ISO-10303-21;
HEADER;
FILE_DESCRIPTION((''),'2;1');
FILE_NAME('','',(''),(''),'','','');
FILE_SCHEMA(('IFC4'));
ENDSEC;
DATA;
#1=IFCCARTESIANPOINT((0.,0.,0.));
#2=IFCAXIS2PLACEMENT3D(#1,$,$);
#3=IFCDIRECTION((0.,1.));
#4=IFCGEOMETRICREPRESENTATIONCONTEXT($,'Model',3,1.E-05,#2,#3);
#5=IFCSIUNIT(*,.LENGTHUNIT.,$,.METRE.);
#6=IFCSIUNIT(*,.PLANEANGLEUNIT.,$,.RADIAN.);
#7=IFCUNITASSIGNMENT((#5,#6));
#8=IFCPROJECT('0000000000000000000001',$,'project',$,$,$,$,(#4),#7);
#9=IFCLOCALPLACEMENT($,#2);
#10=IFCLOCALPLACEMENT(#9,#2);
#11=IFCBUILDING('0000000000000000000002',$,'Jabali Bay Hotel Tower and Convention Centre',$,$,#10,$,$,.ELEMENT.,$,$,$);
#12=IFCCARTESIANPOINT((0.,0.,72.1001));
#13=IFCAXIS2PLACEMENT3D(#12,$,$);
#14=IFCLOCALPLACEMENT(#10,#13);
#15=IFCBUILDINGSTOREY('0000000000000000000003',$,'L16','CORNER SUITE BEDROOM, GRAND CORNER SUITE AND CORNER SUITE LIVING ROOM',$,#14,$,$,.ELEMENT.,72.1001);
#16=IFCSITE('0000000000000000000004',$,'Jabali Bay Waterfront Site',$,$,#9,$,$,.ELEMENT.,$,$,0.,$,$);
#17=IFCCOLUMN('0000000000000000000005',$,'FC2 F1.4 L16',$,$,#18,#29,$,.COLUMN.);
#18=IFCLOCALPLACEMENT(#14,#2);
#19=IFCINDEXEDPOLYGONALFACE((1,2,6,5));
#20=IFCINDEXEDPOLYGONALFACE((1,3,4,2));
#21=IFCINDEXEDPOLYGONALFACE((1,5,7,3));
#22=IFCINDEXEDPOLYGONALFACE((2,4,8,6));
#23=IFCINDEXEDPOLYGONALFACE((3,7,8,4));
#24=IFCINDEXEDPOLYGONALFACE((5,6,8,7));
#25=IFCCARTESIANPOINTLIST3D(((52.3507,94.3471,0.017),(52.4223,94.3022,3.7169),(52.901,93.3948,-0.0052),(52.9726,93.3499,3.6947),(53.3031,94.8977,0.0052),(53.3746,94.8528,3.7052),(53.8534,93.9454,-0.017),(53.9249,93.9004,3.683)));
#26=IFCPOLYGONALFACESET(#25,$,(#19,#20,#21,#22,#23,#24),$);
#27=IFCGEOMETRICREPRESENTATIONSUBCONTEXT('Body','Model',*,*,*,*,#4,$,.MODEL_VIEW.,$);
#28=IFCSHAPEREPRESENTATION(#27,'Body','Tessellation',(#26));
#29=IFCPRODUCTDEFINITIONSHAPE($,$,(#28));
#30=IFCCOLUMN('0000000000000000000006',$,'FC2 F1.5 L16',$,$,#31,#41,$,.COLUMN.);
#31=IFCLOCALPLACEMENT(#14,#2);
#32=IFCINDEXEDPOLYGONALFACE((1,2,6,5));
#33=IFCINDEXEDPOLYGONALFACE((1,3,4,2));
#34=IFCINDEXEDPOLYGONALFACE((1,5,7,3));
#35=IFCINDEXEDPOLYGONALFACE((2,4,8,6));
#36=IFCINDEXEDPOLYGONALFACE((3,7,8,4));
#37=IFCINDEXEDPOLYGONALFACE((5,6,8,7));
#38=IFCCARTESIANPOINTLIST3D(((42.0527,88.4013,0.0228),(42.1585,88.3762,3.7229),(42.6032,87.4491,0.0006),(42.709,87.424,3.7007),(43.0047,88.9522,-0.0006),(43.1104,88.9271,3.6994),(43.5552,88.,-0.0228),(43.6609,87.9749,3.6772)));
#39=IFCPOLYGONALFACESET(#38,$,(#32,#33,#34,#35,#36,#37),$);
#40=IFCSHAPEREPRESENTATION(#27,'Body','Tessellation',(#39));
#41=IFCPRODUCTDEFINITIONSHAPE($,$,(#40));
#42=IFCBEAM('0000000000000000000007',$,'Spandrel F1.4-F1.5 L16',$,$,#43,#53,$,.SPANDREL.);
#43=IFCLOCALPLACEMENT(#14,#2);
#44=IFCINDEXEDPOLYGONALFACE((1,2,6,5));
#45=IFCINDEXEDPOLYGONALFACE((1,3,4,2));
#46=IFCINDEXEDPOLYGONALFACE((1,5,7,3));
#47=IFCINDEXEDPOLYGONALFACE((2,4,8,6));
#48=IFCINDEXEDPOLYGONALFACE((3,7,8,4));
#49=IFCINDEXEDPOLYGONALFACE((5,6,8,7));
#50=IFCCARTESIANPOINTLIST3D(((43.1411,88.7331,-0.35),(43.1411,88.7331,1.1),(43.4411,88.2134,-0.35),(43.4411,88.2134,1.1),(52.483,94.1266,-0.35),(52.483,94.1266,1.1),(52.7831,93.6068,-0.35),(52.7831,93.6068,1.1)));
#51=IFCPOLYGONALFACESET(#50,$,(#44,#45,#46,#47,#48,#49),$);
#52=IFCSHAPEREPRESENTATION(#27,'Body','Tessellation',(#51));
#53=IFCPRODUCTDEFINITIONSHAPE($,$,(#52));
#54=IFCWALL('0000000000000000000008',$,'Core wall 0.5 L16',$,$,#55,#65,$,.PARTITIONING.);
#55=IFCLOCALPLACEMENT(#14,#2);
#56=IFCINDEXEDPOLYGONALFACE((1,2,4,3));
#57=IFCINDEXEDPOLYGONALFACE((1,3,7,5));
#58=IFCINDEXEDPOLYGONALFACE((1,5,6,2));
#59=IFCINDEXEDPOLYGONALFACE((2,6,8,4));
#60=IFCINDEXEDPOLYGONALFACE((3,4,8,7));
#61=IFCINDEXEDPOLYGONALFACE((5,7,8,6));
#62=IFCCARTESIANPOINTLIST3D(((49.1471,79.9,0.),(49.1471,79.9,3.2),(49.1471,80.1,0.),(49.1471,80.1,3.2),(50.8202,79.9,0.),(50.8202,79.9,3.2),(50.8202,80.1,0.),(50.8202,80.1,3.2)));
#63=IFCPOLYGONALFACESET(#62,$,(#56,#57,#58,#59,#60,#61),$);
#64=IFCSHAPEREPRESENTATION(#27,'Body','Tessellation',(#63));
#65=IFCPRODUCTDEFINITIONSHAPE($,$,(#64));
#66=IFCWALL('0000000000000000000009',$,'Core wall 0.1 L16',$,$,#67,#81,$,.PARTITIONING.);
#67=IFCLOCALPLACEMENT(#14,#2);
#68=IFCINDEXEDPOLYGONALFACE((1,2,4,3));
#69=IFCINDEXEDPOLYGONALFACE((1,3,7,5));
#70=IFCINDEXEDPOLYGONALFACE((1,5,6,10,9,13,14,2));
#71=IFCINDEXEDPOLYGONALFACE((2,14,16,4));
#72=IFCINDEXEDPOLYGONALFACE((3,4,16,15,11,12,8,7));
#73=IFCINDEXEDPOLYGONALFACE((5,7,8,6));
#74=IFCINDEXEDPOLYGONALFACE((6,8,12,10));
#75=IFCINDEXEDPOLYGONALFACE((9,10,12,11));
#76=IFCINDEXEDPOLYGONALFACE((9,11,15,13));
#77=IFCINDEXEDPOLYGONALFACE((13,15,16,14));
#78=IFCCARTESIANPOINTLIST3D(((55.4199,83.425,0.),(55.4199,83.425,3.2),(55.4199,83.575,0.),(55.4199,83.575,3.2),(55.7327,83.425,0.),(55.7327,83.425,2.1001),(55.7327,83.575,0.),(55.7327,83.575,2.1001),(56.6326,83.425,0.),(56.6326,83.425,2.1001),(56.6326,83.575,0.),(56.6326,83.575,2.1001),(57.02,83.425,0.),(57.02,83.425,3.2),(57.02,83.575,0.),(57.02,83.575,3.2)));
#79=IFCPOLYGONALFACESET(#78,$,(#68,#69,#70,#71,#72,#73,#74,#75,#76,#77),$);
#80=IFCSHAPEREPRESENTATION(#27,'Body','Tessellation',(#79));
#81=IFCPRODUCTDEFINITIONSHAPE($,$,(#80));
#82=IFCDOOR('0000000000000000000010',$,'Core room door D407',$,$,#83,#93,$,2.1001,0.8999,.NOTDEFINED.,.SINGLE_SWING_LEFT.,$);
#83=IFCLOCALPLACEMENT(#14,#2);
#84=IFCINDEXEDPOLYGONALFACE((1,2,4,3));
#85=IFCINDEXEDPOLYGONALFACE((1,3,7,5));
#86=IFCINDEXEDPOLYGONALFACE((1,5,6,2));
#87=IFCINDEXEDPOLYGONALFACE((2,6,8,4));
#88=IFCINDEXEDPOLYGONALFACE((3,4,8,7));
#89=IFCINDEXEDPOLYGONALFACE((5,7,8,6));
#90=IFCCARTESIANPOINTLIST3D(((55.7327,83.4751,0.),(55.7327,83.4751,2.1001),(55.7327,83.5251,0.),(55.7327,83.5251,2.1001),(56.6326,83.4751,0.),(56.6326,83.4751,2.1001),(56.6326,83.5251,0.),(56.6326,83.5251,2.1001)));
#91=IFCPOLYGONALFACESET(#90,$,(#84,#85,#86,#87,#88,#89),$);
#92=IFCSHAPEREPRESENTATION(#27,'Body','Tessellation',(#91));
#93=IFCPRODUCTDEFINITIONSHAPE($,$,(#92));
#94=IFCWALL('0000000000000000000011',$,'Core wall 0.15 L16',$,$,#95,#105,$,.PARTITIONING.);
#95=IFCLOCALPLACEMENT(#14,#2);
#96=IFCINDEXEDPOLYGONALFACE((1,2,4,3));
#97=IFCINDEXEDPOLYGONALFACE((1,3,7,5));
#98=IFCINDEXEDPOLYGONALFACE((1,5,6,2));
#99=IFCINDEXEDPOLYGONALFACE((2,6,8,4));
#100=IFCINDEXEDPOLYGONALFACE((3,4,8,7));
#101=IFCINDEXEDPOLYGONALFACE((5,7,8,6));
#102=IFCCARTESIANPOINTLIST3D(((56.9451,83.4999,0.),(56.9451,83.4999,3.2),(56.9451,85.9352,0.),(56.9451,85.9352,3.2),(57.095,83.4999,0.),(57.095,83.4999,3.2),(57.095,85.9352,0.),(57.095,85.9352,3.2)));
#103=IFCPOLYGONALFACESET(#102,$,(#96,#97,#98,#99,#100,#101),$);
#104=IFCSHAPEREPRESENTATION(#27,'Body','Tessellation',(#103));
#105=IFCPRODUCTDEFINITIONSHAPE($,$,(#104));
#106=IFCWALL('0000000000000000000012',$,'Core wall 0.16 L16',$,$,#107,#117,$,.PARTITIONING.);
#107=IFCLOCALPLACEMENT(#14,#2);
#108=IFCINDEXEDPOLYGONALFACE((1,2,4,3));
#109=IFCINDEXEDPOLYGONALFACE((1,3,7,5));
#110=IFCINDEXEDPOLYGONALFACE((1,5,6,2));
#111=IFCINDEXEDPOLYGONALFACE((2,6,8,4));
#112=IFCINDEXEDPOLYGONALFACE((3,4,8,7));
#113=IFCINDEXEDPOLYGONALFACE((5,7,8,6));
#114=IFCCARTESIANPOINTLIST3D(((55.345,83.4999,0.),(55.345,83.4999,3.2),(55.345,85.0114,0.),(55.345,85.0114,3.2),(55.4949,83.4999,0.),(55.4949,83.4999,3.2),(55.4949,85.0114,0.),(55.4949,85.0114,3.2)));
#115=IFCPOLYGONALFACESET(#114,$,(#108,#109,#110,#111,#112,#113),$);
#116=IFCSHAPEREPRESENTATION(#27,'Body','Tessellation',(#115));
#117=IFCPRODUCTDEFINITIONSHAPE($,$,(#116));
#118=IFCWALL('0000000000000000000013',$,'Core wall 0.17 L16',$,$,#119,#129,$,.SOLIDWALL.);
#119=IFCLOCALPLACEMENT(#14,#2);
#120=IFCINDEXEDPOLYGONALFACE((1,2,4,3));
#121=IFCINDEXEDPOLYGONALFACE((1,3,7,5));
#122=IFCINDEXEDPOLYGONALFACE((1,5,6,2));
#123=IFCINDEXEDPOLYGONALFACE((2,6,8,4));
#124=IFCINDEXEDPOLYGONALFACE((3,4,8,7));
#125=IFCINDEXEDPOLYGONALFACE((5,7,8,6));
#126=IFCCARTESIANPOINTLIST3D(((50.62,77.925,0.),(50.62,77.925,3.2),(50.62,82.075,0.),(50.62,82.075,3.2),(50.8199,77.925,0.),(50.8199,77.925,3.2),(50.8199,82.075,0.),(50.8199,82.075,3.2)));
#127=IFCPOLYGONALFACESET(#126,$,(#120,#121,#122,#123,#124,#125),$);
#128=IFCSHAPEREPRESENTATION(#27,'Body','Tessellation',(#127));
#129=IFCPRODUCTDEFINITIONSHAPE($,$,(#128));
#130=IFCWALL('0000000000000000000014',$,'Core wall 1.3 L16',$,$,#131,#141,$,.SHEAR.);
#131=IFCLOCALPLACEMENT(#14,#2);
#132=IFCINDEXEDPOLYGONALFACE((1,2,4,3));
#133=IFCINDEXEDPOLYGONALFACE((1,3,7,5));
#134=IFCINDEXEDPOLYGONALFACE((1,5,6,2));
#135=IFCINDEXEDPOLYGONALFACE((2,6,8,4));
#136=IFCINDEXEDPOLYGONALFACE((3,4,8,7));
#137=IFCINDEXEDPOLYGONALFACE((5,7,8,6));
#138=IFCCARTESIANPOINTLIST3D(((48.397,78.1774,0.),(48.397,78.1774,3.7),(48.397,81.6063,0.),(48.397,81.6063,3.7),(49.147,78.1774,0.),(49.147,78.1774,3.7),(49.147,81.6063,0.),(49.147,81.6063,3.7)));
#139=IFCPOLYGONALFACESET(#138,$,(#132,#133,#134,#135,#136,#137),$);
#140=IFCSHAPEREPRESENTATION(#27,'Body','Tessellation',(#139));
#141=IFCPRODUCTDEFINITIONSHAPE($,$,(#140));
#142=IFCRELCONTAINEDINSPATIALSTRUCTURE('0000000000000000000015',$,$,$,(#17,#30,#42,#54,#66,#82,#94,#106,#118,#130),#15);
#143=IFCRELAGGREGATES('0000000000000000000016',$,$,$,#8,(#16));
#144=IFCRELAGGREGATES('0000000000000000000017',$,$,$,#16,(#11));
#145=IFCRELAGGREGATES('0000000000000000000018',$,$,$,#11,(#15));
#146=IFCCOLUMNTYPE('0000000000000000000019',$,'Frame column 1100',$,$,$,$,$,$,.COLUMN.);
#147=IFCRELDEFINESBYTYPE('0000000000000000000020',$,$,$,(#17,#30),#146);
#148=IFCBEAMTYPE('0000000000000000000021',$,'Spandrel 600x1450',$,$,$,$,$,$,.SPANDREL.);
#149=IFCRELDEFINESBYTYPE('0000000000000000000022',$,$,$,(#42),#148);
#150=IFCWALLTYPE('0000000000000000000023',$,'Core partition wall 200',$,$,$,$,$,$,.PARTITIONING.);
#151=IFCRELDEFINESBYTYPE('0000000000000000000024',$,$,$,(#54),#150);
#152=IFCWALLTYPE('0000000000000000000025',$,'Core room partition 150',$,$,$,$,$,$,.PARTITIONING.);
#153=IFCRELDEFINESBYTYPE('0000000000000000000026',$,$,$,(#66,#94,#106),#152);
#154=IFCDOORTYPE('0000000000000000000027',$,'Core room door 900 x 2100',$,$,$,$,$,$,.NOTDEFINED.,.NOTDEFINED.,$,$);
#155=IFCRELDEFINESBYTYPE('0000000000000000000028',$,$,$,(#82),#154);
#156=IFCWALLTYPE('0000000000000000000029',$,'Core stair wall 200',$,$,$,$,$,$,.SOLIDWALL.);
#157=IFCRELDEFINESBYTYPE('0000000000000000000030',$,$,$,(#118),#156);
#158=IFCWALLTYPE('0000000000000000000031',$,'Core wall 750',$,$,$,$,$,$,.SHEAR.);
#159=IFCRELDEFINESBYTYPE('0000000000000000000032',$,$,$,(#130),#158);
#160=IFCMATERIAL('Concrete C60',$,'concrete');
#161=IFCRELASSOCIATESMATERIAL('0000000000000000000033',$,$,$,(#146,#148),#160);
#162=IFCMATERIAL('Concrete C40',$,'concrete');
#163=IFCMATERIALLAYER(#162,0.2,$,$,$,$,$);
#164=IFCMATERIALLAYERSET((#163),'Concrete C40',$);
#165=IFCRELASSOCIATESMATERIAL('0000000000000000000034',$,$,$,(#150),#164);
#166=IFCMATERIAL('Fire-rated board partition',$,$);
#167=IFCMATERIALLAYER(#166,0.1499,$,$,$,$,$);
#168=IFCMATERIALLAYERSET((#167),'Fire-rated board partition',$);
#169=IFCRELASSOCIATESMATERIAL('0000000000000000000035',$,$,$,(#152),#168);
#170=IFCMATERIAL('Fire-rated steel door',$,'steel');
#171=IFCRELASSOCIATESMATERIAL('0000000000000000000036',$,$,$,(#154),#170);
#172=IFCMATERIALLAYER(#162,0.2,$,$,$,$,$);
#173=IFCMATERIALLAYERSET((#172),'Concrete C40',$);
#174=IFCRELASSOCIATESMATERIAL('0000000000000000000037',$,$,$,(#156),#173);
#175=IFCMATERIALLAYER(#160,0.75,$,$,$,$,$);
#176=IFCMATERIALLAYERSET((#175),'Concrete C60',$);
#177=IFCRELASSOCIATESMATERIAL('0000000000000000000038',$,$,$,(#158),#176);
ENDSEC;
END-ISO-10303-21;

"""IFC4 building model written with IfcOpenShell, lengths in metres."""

from ifc_helpers import new_model, si_unit, direction, frame, frame_2d, origin, origin_2d, place, context, subcontext, project, spatial, rectangle, extrude, material, layer, layer_set, material_profile, profile_set, type_object, element, fill, save


model = new_model("IFC4")

# Units and contexts
model_context = context("Model", 3, precision=1e-05, world=origin(), true_north=direction((0.0, 1.0)))
body_context = subcontext(model_context, "Body", "Model", "MODEL_VIEW")
ifc_project = project(units=[si_unit("LENGTHUNIT", "METRE"), si_unit("PLANEANGLEUNIT", "RADIAN")], contexts=[model_context])

# Site, building, storey
site_placement = place(None, origin())
site = spatial("IfcSite", under=ifc_project, at=site_placement, Name="Jabali Bay Waterfront Site", CompositionType="ELEMENT", RefElevation=0.0)
building_placement = place(site_placement, origin())
building = spatial("IfcBuilding", under=site, at=building_placement, Name="Jabali Bay Hotel Tower and Convention Centre", CompositionType="ELEMENT")
storey_placement = place(building_placement, frame((0.0, 0.0, 72.1001)))
storey = spatial("IfcBuildingStorey", under=building, at=storey_placement, Name="L16", Description="CORNER SUITE BEDROOM, GRAND CORNER SUITE AND CORNER SUITE LIVING ROOM", CompositionType="ELEMENT", Elevation=72.1001)

# Columns
ifc_material_1 = material(Name="Concrete C60", Category="concrete")
ifc_material_profile_1 = material_profile(ifc_material_1, rectangle(XDim=1.1001, YDim=1.1001, at=origin_2d()), Name="Frame column 1100")
ifc_profile_set_1 = profile_set([ifc_material_profile_1], Name="Concrete C60")
column_type = type_object("IfcColumnType", Name="Frame column 1100", PredefinedType="COLUMN", material=ifc_profile_set_1)
column_1_placement = place(storey_placement, frame((53.1021, 94.1462, 0.0), z_axis=(0.019329, -0.012138, 0.99974), x_axis=(-0.500209, 0.86567, 0.020181)))
element("IfcColumn", 1, at=column_1_placement, inside=storey, type_object=column_type, Name="FC2 F1.4 L16", PredefinedType="COLUMN", context=body_context, shape_type="SweptSolid", body=[
    extrude(rectangle(XDim=1.1001, YDim=1.1001, at=origin_2d()), origin(), (0.0, 0.0, 1.0), 3.7009),
])
column_2_placement = place(storey_placement, frame((42.804, 88.2007, 0.0), z_axis=(0.028559, -0.006794, 0.999569), x_axis=(-0.500408, 0.865555, 0.02018)))
element("IfcColumn", 2, at=column_2_placement, inside=storey, type_object=column_type, Name="FC2 F1.5 L16", PredefinedType="COLUMN", context=body_context, shape_type="SweptSolid", body=[
    extrude(rectangle(XDim=1.1001, YDim=1.1001, at=origin_2d()), origin(), (0.0, 0.0, 1.0), 3.7017),
])

# Beam
ifc_material_profile_2 = material_profile(ifc_material_1, rectangle(XDim=0.6001, YDim=1.45, at=origin_2d()), Name="Spandrel 600x1450")
ifc_profile_set_2 = profile_set([ifc_material_profile_2], Name="Concrete C60")
beam_type = type_object("IfcBeamType", Name="Spandrel 600x1450", PredefinedType="SPANDREL", material=ifc_profile_set_2)
beam_placement = place(storey_placement, frame((52.6331, 93.8667, 0.375), z_axis=(-0.866028, -0.499995, 0.0), x_axis=(0.499995, -0.866028, 0.0)))
element("IfcBeam", 3, at=beam_placement, inside=storey, type_object=beam_type, Name="Spandrel F1.4-F1.5 L16", PredefinedType="SPANDREL", context=body_context, shape_type="SweptSolid", body=[
    extrude(rectangle(XDim=0.6001, YDim=1.45, at=origin_2d()), origin(), (0.0, 0.0, 1.0), 10.7871),
])

# Wall
ifc_material_2 = material(Name="Concrete C40", Category="concrete")
ifc_layer_1 = layer(ifc_material_2, 0.2)
ifc_layer_set_1 = layer_set([ifc_layer_1], Name="Concrete C40")
wall_type_1 = type_object("IfcWallType", Name="Core partition wall 200", PredefinedType="PARTITIONING", material=ifc_layer_set_1)
wall_1_placement = place(storey_placement, frame((50.8201, 80.0, 0.0), z_axis=(0.0, 0.0, 1.0), x_axis=(-1.0, 0.0, 0.0)))
element("IfcWall", 4, at=wall_1_placement, inside=storey, type_object=wall_type_1, Name="Core wall 0.5 L16", PredefinedType="PARTITIONING", context=body_context, shape_type="SweptSolid", body=[
    extrude(rectangle(XDim=1.6731, YDim=0.2, at=frame_2d((0.8364, 0.0))), origin(), (0.0, 0.0, 1.0), 3.2),
])

# Wall, opening, door
ifc_material_3 = material(Name="Fire-rated board partition")
ifc_layer_2 = layer(ifc_material_3, 0.1499)
ifc_layer_set_2 = layer_set([ifc_layer_2], Name="Fire-rated board partition")
wall_type_2 = type_object("IfcWallType", Name="Core room partition 150", PredefinedType="PARTITIONING", material=ifc_layer_set_2)
wall_2_placement = place(storey_placement, frame((57.02, 83.5, 0.0), z_axis=(0.0, 0.0, 1.0), x_axis=(-1.0, 0.0, 0.0)))
wall_2 = element("IfcWall", 5, at=wall_2_placement, inside=storey, type_object=wall_type_2, Name="Core wall 0.1 L16", PredefinedType="PARTITIONING", context=body_context, shape_type="SweptSolid", body=[
    extrude(rectangle(XDim=1.6001, YDim=0.1499, at=frame_2d((0.8, 0.0))), origin(), (0.0, 0.0, 1.0), 3.2),
])
opening_placement = place(wall_2_placement, frame((0.3875, 0.0, 0.0)))
opening = element("IfcOpeningElement", 6, at=opening_placement, cuts=wall_2, PredefinedType="OPENING", context=body_context, shape_type="SweptSolid", body=[
    extrude(rectangle(XDim=0.8999, YDim=2.1001, at=frame_2d((0.45, 1.05))), frame((0.0, 0.0854, 0.0), z_axis=(0.0, -1.0, 0.0), x_axis=(1.0, 0.0, 0.0)), (0.0, 0.0, 1.0), 0.1709),
])
ifc_material_4 = material(Name="Fire-rated steel door", Category="steel")
door_type = type_object("IfcDoorType", Name="Core room door 900 x 2100", OperationType="NOTDEFINED", PredefinedType="NOTDEFINED", material=ifc_material_4)
door_placement = place(opening_placement, origin())
door = element("IfcDoor", 7, at=door_placement, inside=storey, type_object=door_type, Name="Core room door D407", OperationType="SINGLE_SWING_LEFT", OverallHeight=2.1001, OverallWidth=0.8999, PredefinedType="NOTDEFINED", context=body_context, shape_type="SweptSolid", body=[
    extrude(rectangle(XDim=0.8999, YDim=2.1001, at=frame_2d((0.45, 1.05))), frame((0.0, 0.0249, 0.0), z_axis=(0.0, -1.0, 0.0), x_axis=(1.0, 0.0, 0.0)), (0.0, 0.0, 1.0), 0.05),
])
fill(opening, door)

# Walls
wall_3_placement = place(storey_placement, frame((57.02, 85.9353, 0.0), z_axis=(0.0, 0.0, 1.0), x_axis=(0.0, -1.0, 0.0)))
element("IfcWall", 8, at=wall_3_placement, inside=storey, type_object=wall_type_2, Name="Core wall 0.15 L16", PredefinedType="PARTITIONING", context=body_context, shape_type="SweptSolid", body=[
    extrude(rectangle(XDim=2.4353, YDim=0.1499, at=frame_2d((1.2178, 0.0))), origin(), (0.0, 0.0, 1.0), 3.2),
])
wall_4_placement = place(storey_placement, frame((55.4199, 85.0115, 0.0), z_axis=(0.0, 0.0, 1.0), x_axis=(0.0, -1.0, 0.0)))
element("IfcWall", 9, at=wall_4_placement, inside=storey, type_object=wall_type_2, Name="Core wall 0.16 L16", PredefinedType="PARTITIONING", context=body_context, shape_type="SweptSolid", body=[
    extrude(rectangle(XDim=1.5115, YDim=0.1499, at=frame_2d((0.7559, 0.0))), origin(), (0.0, 0.0, 1.0), 3.2),
])
ifc_layer_3 = layer(ifc_material_2, 0.2)
ifc_layer_set_3 = layer_set([ifc_layer_3], Name="Concrete C40")
wall_type_3 = type_object("IfcWallType", Name="Core stair wall 200", PredefinedType="SOLIDWALL", material=ifc_layer_set_3)
wall_5_placement = place(storey_placement, frame((50.72, 82.075, 0.0), z_axis=(0.0, 0.0, 1.0), x_axis=(0.0, -1.0, 0.0)))
element("IfcWall", 10, at=wall_5_placement, inside=storey, type_object=wall_type_3, Name="Core wall 0.17 L16", PredefinedType="SOLIDWALL", context=body_context, shape_type="SweptSolid", body=[
    extrude(rectangle(XDim=4.1499, YDim=0.2, at=frame_2d((2.075, 0.0))), origin(), (0.0, 0.0, 1.0), 3.2),
])
ifc_layer_4 = layer(ifc_material_1, 0.75)
ifc_layer_set_4 = layer_set([ifc_layer_4], Name="Concrete C60")
wall_type_4 = type_object("IfcWallType", Name="Core wall 750", PredefinedType="SHEAR", material=ifc_layer_set_4)
wall_6_placement = place(storey_placement, frame((48.772, 81.6062, 0.0), z_axis=(0.0, 0.0, 1.0), x_axis=(0.0, -1.0, 0.0)))
element("IfcWall", 11, at=wall_6_placement, inside=storey, type_object=wall_type_4, Name="Core wall 1.3 L16", PredefinedType="SHEAR", context=body_context, shape_type="SweptSolid", body=[
    extrude(rectangle(XDim=3.429, YDim=0.75, at=frame_2d((1.7144, 0.0))), origin(), (0.0, 0.0, 1.0), 3.7),
])

save(model, "model.ifc")
